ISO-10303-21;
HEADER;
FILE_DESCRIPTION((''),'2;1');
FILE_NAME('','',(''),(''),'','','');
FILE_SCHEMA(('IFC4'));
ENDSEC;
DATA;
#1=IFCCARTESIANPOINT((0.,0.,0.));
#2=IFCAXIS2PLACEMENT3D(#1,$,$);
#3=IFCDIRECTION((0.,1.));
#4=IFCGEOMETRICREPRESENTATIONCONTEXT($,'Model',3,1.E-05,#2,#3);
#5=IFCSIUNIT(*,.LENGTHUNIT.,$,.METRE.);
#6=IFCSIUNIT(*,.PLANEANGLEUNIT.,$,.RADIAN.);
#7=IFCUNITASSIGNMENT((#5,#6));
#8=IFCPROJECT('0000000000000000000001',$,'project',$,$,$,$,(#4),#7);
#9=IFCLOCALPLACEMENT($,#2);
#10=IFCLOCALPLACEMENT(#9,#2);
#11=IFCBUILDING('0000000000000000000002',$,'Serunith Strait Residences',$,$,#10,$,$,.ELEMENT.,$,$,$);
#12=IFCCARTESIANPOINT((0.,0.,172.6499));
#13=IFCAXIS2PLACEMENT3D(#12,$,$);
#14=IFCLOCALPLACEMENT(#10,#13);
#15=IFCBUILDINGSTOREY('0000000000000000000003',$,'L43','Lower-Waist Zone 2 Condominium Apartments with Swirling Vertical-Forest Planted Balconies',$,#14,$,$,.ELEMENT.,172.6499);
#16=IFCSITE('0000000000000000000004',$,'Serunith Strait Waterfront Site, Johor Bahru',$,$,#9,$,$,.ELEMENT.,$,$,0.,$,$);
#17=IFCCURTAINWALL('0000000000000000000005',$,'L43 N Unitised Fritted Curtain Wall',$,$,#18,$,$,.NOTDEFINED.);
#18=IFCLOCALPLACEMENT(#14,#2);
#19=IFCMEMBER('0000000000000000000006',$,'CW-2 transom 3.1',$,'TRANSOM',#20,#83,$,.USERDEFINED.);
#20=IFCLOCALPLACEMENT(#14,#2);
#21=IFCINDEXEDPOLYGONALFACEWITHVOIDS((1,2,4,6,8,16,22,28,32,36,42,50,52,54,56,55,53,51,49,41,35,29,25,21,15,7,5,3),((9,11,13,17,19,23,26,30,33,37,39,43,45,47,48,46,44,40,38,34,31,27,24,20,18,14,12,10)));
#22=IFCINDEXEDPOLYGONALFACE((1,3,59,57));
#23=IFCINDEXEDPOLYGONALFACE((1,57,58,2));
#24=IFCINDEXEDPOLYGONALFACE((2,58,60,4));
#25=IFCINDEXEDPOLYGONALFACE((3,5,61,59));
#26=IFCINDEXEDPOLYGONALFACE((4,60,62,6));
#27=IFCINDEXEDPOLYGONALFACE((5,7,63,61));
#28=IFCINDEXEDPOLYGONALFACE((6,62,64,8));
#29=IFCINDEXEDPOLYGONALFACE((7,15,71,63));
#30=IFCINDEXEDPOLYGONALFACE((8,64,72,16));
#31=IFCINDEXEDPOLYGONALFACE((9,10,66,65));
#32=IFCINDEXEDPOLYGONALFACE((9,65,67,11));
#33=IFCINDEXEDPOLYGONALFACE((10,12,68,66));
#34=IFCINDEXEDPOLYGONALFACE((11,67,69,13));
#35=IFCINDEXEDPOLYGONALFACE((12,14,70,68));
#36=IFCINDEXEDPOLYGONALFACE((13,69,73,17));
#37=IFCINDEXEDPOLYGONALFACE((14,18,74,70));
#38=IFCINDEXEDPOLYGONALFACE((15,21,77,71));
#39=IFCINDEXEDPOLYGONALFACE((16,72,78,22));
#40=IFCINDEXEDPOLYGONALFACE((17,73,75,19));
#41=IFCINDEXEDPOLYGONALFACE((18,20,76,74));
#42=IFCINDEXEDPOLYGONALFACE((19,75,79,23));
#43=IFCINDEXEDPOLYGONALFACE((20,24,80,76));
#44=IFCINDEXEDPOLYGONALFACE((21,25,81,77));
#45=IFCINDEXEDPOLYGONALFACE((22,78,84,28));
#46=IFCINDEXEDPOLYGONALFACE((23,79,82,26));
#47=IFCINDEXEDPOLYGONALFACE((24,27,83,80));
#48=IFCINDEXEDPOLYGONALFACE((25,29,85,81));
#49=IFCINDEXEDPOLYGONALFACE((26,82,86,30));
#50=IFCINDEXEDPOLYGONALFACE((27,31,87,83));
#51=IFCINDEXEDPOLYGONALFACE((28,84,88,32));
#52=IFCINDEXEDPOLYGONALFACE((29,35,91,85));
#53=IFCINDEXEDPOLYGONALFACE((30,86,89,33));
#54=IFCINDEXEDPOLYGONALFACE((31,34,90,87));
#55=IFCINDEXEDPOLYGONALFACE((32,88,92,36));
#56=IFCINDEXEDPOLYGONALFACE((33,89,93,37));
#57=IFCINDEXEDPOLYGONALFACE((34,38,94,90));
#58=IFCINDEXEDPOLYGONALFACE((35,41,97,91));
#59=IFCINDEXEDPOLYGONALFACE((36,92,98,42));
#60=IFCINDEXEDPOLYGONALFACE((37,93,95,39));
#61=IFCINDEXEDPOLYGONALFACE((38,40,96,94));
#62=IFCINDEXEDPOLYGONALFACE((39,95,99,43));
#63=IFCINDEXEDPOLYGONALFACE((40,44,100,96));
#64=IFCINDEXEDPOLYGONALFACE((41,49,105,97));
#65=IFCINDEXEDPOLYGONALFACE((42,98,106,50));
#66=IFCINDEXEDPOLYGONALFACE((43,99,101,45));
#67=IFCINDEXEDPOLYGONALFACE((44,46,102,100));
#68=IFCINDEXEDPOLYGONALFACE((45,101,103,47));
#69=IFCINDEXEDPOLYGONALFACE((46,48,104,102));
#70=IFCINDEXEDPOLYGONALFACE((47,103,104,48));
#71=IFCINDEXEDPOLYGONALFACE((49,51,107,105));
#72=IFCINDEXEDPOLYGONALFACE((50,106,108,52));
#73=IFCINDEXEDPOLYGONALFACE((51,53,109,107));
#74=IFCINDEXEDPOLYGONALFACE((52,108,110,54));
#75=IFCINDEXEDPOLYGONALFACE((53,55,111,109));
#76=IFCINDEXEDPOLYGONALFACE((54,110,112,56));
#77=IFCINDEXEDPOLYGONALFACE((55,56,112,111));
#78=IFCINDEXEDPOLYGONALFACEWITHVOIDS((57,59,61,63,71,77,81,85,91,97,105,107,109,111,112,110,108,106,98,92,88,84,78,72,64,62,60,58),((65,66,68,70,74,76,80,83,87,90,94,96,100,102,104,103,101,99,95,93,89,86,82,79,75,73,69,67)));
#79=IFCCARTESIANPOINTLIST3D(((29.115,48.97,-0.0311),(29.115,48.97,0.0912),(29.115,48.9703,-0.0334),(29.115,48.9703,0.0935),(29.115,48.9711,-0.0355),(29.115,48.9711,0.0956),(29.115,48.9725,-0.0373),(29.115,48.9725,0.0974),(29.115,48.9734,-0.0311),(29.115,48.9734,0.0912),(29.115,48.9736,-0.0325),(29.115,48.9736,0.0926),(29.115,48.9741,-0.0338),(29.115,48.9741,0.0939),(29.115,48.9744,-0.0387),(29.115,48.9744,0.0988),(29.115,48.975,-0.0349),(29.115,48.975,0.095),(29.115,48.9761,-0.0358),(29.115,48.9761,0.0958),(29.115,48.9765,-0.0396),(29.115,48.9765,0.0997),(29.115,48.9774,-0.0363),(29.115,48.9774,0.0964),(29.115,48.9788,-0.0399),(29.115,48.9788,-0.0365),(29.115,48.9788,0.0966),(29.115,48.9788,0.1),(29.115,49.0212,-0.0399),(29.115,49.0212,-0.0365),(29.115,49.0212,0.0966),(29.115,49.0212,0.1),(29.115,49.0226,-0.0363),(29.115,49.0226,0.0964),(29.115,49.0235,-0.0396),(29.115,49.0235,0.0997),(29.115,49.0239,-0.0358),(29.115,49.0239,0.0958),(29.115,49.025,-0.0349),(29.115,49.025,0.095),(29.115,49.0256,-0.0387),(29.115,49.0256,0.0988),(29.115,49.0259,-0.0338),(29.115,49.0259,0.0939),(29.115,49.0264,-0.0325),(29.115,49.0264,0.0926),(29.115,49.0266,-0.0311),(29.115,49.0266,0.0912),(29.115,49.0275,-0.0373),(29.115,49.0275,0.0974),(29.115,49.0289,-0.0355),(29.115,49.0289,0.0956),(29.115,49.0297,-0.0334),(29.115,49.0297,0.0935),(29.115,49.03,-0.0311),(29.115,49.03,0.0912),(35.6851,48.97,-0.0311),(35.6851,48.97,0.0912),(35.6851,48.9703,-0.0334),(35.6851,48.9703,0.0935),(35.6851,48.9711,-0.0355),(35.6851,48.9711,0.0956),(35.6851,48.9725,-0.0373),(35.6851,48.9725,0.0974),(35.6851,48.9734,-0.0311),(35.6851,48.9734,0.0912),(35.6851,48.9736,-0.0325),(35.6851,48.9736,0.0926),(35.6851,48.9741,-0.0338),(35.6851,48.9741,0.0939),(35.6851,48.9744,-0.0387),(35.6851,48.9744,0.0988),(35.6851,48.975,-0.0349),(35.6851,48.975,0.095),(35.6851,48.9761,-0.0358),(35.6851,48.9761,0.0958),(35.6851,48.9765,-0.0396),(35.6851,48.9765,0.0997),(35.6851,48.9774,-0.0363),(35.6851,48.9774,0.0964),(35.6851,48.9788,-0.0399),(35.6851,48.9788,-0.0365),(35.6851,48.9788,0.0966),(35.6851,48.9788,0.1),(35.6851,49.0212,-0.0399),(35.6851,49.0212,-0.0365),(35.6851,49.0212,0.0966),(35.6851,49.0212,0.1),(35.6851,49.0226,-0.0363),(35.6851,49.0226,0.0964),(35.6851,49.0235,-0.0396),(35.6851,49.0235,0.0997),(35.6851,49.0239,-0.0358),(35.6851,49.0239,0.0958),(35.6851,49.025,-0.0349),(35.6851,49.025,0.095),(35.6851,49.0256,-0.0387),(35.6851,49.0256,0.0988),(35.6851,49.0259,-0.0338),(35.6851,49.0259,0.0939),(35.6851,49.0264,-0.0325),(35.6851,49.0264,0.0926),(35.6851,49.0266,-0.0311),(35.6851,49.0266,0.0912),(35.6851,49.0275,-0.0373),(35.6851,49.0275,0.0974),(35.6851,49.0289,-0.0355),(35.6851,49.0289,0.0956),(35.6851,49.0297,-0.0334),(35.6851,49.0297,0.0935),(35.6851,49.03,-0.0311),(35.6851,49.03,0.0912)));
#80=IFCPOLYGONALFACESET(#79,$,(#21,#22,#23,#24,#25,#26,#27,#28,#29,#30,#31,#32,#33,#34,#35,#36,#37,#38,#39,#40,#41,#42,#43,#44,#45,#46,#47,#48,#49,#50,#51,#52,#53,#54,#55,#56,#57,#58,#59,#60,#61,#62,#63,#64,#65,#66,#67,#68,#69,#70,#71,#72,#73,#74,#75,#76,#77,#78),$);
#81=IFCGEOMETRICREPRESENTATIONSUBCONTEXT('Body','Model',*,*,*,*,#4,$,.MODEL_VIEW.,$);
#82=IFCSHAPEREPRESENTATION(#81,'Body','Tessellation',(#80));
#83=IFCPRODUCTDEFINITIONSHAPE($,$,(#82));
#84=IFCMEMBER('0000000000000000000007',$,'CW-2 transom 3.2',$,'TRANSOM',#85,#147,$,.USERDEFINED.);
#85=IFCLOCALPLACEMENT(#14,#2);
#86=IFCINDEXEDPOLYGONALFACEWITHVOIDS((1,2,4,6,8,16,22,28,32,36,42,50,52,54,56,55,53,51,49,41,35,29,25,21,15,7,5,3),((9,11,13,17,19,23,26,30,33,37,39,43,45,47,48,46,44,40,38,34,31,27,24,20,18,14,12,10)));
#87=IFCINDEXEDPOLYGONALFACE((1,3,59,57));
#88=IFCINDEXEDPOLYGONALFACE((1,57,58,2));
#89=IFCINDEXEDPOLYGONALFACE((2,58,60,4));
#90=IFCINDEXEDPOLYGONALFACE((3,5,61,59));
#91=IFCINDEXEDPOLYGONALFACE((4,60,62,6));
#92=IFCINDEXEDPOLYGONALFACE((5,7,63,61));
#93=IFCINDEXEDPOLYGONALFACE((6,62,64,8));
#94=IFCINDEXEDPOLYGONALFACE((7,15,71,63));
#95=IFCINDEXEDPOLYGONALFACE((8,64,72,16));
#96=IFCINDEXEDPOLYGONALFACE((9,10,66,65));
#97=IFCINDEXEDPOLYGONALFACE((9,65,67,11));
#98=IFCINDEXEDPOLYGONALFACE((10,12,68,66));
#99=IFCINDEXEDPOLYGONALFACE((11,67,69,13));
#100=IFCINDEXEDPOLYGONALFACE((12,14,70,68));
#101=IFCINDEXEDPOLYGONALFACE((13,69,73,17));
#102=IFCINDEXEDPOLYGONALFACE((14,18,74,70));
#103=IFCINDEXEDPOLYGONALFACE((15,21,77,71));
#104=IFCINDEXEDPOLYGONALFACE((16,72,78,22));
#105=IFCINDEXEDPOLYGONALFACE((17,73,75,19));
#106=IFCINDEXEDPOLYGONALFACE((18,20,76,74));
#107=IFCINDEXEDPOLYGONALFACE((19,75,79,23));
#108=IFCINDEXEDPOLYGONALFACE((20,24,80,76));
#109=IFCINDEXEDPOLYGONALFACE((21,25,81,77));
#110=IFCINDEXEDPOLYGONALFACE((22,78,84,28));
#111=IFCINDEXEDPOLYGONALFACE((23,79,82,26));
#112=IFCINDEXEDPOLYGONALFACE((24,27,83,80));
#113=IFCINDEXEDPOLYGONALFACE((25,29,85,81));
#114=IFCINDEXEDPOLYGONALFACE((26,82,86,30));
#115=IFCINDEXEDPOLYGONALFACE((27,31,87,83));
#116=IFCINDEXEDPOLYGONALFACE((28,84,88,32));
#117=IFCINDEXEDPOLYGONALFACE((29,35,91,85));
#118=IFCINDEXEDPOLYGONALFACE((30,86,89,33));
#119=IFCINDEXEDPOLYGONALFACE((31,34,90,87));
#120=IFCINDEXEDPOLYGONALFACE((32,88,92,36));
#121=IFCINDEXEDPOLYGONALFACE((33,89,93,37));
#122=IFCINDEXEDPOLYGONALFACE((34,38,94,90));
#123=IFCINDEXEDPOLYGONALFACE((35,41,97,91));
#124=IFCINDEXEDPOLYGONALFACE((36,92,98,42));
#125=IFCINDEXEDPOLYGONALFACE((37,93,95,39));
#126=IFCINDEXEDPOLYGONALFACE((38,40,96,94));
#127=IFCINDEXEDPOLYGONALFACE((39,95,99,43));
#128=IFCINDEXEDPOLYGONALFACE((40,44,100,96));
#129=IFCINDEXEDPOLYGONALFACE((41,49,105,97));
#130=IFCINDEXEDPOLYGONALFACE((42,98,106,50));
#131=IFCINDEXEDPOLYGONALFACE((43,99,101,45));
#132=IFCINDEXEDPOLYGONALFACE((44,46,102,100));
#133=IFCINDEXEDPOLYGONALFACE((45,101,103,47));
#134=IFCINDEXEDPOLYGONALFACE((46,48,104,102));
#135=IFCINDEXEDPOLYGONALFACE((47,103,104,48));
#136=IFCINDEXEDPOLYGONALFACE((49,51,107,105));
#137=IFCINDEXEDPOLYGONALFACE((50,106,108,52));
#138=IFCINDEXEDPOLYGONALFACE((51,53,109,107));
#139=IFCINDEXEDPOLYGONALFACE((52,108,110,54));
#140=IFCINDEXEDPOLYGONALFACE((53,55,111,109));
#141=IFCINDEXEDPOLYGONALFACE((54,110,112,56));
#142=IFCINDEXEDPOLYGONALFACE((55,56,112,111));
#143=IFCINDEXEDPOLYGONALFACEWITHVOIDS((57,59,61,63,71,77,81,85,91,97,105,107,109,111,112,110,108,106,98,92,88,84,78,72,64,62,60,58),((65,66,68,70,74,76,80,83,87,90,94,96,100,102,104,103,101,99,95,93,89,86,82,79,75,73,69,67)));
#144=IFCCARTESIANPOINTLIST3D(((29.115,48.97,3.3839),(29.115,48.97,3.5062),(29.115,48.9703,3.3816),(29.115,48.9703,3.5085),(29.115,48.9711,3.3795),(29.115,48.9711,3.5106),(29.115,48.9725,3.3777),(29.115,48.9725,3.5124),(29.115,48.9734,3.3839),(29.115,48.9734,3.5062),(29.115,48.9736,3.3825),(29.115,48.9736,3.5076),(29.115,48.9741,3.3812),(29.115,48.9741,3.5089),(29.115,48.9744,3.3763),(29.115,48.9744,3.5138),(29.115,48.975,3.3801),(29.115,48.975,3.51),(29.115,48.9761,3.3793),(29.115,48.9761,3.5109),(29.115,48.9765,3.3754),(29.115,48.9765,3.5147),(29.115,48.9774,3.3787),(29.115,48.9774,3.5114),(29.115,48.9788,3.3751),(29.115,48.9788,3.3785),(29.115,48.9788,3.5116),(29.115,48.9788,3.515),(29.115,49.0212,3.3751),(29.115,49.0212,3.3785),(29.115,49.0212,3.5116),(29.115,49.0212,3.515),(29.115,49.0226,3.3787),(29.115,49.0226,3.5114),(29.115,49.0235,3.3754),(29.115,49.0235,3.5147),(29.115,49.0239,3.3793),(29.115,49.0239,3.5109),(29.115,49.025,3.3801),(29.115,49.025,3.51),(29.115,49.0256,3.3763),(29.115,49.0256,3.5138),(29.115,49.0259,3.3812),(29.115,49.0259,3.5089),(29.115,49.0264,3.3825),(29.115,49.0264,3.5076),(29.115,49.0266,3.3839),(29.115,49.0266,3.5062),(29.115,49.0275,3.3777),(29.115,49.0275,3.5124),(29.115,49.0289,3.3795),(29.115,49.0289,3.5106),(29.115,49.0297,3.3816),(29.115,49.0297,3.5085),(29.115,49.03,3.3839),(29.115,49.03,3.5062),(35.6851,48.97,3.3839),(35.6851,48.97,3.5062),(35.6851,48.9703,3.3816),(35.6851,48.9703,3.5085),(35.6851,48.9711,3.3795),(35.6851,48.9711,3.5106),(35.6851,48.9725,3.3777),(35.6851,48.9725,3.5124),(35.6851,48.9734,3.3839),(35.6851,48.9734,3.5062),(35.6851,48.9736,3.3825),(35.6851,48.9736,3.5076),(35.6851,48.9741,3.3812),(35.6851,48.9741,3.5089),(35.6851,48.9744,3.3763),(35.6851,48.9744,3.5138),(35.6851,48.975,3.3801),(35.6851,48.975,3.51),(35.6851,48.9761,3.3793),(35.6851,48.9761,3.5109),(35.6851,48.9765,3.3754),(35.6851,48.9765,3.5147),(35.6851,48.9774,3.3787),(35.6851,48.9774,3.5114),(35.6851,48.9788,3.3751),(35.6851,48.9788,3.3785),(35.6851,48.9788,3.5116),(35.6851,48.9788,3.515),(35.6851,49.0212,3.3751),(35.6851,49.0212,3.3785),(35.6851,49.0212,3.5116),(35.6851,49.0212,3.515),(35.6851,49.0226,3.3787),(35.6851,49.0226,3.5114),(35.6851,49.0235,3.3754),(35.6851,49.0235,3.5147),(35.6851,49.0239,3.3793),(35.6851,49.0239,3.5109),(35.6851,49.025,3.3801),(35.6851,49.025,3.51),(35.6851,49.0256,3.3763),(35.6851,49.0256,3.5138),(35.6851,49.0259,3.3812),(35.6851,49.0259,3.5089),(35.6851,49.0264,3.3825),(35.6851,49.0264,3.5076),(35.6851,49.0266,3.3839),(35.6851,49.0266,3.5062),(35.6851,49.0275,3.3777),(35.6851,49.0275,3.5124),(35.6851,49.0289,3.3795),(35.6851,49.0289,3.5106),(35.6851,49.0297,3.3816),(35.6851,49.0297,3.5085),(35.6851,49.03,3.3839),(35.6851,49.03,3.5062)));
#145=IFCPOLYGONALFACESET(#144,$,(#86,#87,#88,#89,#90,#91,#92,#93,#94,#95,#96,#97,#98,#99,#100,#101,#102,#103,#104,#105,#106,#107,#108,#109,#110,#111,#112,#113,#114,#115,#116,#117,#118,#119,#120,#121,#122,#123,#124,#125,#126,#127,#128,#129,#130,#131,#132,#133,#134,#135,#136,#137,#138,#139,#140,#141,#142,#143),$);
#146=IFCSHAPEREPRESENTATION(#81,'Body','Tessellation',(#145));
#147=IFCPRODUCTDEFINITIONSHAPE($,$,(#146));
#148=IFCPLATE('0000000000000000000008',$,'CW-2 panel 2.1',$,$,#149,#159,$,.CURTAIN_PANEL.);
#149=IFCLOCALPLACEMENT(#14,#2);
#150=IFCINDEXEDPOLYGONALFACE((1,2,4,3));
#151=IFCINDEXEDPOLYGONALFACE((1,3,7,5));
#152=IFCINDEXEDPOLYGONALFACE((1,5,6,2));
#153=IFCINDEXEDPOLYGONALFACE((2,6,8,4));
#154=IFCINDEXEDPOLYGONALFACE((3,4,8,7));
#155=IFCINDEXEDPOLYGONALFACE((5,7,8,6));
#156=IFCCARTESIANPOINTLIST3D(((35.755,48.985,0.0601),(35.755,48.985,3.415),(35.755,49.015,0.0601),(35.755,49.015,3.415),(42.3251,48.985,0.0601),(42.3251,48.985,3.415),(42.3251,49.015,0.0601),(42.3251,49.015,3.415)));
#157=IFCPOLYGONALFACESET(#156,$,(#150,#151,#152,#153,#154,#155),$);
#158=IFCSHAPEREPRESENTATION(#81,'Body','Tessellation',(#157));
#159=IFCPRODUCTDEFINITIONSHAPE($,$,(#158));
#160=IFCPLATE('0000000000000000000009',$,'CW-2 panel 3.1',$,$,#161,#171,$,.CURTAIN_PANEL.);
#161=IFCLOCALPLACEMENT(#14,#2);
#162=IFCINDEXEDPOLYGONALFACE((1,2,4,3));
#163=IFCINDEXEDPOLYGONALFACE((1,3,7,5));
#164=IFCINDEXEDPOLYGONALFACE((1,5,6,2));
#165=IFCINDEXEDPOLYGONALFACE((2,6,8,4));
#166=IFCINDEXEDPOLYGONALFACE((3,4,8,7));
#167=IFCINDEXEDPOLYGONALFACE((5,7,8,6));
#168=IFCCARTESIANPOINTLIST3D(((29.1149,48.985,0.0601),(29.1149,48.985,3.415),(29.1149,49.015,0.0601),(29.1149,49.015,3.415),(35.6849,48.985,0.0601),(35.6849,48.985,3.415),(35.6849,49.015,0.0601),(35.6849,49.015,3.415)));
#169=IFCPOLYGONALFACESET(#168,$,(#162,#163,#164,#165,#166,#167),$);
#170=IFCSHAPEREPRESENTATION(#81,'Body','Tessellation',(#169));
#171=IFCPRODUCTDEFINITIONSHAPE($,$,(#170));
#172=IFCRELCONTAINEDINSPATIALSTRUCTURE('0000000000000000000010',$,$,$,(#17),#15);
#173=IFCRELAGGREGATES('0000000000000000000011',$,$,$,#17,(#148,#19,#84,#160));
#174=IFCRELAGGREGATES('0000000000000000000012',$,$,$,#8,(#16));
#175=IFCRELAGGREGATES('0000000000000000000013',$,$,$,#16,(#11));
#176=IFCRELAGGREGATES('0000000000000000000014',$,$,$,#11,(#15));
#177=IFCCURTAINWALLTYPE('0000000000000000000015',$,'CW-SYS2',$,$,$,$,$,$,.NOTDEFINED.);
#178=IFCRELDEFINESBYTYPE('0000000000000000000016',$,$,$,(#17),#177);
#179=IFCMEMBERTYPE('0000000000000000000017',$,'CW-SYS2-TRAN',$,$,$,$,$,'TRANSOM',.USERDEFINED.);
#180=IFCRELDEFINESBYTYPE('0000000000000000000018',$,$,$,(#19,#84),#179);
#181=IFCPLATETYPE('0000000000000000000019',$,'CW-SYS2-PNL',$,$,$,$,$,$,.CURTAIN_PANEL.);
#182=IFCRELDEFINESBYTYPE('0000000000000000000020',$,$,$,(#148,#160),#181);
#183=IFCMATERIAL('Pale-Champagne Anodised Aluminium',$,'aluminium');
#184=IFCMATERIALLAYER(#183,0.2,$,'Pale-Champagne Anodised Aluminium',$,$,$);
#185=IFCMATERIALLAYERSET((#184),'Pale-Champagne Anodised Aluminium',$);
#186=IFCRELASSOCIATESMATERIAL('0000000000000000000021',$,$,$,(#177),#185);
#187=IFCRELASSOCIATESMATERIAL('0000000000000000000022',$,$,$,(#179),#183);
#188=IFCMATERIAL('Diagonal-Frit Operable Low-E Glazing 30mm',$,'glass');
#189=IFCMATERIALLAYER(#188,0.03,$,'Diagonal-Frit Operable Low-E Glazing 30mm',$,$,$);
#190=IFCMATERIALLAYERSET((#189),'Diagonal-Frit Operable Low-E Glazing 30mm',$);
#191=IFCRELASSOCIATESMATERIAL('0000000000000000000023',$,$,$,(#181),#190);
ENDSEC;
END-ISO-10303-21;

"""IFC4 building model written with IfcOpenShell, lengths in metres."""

from ifc_helpers import new_model, si_unit, direction, frame, origin, origin_2d, place, context, subcontext, project, spatial, rectangle, hollow_rectangle, extrude, source, transform, mapped, material, layer, layer_set, material_profile, profile_set, type_object, element, aggregate, save


model = new_model("IFC4")

# Units and contexts
model_context = context("Model", 3, precision=1e-05, world=origin(), true_north=direction((0.0, 1.0)))
body_context = subcontext(model_context, "Body", "Model", "MODEL_VIEW")
ifc_project = project(units=[si_unit("LENGTHUNIT", "METRE"), si_unit("PLANEANGLEUNIT", "RADIAN")], contexts=[model_context])

# Site, building, storey
site_placement = place(None, origin())
site = spatial("IfcSite", under=ifc_project, at=site_placement, Name="Serunith Strait Waterfront Site, Johor Bahru", CompositionType="ELEMENT", RefElevation=0.0)
building_placement = place(site_placement, origin())
building = spatial("IfcBuilding", under=site, at=building_placement, Name="Serunith Strait Residences", CompositionType="ELEMENT")
storey_placement = place(building_placement, frame((0.0, 0.0, 172.6499)))
storey = spatial("IfcBuildingStorey", under=building, at=storey_placement, Name="L43", Description="Lower-Waist Zone 2 Condominium Apartments with Swirling Vertical-Forest Planted Balconies", CompositionType="ELEMENT", Elevation=172.6499)

# Curtain wall, members, plates
ifc_material_1 = material(Name="Pale-Champagne Anodised Aluminium", Category="aluminium")
ifc_layer_1 = layer(ifc_material_1, 0.2, Name="Pale-Champagne Anodised Aluminium")
ifc_layer_set_1 = layer_set([ifc_layer_1], Name="Pale-Champagne Anodised Aluminium")
curtain_wall_type = type_object("IfcCurtainWallType", Name="CW-SYS2", PredefinedType="NOTDEFINED", material=ifc_layer_set_1)
curtain_wall_placement = place(storey_placement, origin())
curtain_wall = element("IfcCurtainWall", 1, at=curtain_wall_placement, inside=storey, type_object=curtain_wall_type, Name="L43 N Unitised Fritted Curtain Wall", PredefinedType="NOTDEFINED")
ifc_material_profile_1 = material_profile(ifc_material_1, hollow_rectangle(XDim=0.0601, YDim=0.1399, WallThickness=0.0034, InnerFilletRadius=0.0054, OuterFilletRadius=0.0088, at=origin_2d()), Name="ALU 140x60x3.5")
ifc_profile_set_1 = profile_set([ifc_material_profile_1], Name="Pale-Champagne Anodised Aluminium")
member_type_1 = type_object("IfcMemberType", Name="CW-SYS2-TRAN", ElementType="TRANSOM", PredefinedType="USERDEFINED", material=ifc_profile_set_1)
shared_shape_1 = source(origin(), body_context, "Body", "SweptSolid", [
    extrude(hollow_rectangle(XDim=0.0601, YDim=0.1399, WallThickness=0.0034, InnerFilletRadius=0.0054, OuterFilletRadius=0.0088, at=origin_2d()), origin(), (0.0, 0.0, 1.0), 6.5701),
])
member_1_placement = place(storey_placement, frame((35.6851, 49.0, 0.03), z_axis=(-1.0, 0.0, 0.0), x_axis=(0.0, -1.0, 0.0)))
member_1 = element("IfcMember", 2, at=member_1_placement, type_object=member_type_1, Name="CW-2 transom 3.1", ObjectType="TRANSOM", PredefinedType="USERDEFINED", context=body_context, shape_type="MappedRepresentation", body=[
    mapped(shared_shape_1, transform((0.0, 0.0, 0.0), scale=1.0)),
])
member_2_placement = place(storey_placement, frame((35.6851, 49.0, 3.4451), z_axis=(-1.0, 0.0, 0.0), x_axis=(0.0, -1.0, 0.0)))
member_2 = element("IfcMember", 3, at=member_2_placement, type_object=member_type_1, Name="CW-2 transom 3.2", ObjectType="TRANSOM", PredefinedType="USERDEFINED", context=body_context, shape_type="MappedRepresentation", body=[
    mapped(shared_shape_1, transform((0.0, 0.0, 0.0), scale=1.0)),
])
ifc_material_2 = material(Name="Diagonal-Frit Operable Low-E Glazing 30mm", Category="glass")
ifc_layer_2 = layer(ifc_material_2, 0.03, Name="Diagonal-Frit Operable Low-E Glazing 30mm")
ifc_layer_set_2 = layer_set([ifc_layer_2], Name="Diagonal-Frit Operable Low-E Glazing 30mm")
plate_type = type_object("IfcPlateType", Name="CW-SYS2-PNL", PredefinedType="CURTAIN_PANEL", material=ifc_layer_set_2)
shared_shape_2 = source(origin(), body_context, "Body", "SweptSolid", [
    extrude(rectangle(XDim=6.5701, YDim=0.03, at=origin_2d()), origin(), (0.0, 0.0, 1.0), 3.355),
])
plate_1_placement = place(storey_placement, frame((39.04, 49.0, 0.0601), z_axis=(0.0, 0.0, 1.0), x_axis=(-1.0, 0.0, 0.0)))
plate_1 = element("IfcPlate", 4, at=plate_1_placement, type_object=plate_type, Name="CW-2 panel 2.1", PredefinedType="CURTAIN_PANEL", context=body_context, shape_type="MappedRepresentation", body=[
    mapped(shared_shape_2, transform((0.0, 0.0, 0.0), scale=1.0)),
])
plate_2_placement = place(storey_placement, frame((32.3999, 49.0, 0.0601), z_axis=(0.0, 0.0, 1.0), x_axis=(-1.0, 0.0, 0.0)))
plate_2 = element("IfcPlate", 5, at=plate_2_placement, type_object=plate_type, Name="CW-2 panel 3.1", PredefinedType="CURTAIN_PANEL", context=body_context, shape_type="MappedRepresentation", body=[
    mapped(shared_shape_2, transform((0.0, 0.0, 0.0), scale=1.0)),
])
aggregate(curtain_wall, [plate_1, member_1, member_2, plate_2])

save(model, "model.ifc")
